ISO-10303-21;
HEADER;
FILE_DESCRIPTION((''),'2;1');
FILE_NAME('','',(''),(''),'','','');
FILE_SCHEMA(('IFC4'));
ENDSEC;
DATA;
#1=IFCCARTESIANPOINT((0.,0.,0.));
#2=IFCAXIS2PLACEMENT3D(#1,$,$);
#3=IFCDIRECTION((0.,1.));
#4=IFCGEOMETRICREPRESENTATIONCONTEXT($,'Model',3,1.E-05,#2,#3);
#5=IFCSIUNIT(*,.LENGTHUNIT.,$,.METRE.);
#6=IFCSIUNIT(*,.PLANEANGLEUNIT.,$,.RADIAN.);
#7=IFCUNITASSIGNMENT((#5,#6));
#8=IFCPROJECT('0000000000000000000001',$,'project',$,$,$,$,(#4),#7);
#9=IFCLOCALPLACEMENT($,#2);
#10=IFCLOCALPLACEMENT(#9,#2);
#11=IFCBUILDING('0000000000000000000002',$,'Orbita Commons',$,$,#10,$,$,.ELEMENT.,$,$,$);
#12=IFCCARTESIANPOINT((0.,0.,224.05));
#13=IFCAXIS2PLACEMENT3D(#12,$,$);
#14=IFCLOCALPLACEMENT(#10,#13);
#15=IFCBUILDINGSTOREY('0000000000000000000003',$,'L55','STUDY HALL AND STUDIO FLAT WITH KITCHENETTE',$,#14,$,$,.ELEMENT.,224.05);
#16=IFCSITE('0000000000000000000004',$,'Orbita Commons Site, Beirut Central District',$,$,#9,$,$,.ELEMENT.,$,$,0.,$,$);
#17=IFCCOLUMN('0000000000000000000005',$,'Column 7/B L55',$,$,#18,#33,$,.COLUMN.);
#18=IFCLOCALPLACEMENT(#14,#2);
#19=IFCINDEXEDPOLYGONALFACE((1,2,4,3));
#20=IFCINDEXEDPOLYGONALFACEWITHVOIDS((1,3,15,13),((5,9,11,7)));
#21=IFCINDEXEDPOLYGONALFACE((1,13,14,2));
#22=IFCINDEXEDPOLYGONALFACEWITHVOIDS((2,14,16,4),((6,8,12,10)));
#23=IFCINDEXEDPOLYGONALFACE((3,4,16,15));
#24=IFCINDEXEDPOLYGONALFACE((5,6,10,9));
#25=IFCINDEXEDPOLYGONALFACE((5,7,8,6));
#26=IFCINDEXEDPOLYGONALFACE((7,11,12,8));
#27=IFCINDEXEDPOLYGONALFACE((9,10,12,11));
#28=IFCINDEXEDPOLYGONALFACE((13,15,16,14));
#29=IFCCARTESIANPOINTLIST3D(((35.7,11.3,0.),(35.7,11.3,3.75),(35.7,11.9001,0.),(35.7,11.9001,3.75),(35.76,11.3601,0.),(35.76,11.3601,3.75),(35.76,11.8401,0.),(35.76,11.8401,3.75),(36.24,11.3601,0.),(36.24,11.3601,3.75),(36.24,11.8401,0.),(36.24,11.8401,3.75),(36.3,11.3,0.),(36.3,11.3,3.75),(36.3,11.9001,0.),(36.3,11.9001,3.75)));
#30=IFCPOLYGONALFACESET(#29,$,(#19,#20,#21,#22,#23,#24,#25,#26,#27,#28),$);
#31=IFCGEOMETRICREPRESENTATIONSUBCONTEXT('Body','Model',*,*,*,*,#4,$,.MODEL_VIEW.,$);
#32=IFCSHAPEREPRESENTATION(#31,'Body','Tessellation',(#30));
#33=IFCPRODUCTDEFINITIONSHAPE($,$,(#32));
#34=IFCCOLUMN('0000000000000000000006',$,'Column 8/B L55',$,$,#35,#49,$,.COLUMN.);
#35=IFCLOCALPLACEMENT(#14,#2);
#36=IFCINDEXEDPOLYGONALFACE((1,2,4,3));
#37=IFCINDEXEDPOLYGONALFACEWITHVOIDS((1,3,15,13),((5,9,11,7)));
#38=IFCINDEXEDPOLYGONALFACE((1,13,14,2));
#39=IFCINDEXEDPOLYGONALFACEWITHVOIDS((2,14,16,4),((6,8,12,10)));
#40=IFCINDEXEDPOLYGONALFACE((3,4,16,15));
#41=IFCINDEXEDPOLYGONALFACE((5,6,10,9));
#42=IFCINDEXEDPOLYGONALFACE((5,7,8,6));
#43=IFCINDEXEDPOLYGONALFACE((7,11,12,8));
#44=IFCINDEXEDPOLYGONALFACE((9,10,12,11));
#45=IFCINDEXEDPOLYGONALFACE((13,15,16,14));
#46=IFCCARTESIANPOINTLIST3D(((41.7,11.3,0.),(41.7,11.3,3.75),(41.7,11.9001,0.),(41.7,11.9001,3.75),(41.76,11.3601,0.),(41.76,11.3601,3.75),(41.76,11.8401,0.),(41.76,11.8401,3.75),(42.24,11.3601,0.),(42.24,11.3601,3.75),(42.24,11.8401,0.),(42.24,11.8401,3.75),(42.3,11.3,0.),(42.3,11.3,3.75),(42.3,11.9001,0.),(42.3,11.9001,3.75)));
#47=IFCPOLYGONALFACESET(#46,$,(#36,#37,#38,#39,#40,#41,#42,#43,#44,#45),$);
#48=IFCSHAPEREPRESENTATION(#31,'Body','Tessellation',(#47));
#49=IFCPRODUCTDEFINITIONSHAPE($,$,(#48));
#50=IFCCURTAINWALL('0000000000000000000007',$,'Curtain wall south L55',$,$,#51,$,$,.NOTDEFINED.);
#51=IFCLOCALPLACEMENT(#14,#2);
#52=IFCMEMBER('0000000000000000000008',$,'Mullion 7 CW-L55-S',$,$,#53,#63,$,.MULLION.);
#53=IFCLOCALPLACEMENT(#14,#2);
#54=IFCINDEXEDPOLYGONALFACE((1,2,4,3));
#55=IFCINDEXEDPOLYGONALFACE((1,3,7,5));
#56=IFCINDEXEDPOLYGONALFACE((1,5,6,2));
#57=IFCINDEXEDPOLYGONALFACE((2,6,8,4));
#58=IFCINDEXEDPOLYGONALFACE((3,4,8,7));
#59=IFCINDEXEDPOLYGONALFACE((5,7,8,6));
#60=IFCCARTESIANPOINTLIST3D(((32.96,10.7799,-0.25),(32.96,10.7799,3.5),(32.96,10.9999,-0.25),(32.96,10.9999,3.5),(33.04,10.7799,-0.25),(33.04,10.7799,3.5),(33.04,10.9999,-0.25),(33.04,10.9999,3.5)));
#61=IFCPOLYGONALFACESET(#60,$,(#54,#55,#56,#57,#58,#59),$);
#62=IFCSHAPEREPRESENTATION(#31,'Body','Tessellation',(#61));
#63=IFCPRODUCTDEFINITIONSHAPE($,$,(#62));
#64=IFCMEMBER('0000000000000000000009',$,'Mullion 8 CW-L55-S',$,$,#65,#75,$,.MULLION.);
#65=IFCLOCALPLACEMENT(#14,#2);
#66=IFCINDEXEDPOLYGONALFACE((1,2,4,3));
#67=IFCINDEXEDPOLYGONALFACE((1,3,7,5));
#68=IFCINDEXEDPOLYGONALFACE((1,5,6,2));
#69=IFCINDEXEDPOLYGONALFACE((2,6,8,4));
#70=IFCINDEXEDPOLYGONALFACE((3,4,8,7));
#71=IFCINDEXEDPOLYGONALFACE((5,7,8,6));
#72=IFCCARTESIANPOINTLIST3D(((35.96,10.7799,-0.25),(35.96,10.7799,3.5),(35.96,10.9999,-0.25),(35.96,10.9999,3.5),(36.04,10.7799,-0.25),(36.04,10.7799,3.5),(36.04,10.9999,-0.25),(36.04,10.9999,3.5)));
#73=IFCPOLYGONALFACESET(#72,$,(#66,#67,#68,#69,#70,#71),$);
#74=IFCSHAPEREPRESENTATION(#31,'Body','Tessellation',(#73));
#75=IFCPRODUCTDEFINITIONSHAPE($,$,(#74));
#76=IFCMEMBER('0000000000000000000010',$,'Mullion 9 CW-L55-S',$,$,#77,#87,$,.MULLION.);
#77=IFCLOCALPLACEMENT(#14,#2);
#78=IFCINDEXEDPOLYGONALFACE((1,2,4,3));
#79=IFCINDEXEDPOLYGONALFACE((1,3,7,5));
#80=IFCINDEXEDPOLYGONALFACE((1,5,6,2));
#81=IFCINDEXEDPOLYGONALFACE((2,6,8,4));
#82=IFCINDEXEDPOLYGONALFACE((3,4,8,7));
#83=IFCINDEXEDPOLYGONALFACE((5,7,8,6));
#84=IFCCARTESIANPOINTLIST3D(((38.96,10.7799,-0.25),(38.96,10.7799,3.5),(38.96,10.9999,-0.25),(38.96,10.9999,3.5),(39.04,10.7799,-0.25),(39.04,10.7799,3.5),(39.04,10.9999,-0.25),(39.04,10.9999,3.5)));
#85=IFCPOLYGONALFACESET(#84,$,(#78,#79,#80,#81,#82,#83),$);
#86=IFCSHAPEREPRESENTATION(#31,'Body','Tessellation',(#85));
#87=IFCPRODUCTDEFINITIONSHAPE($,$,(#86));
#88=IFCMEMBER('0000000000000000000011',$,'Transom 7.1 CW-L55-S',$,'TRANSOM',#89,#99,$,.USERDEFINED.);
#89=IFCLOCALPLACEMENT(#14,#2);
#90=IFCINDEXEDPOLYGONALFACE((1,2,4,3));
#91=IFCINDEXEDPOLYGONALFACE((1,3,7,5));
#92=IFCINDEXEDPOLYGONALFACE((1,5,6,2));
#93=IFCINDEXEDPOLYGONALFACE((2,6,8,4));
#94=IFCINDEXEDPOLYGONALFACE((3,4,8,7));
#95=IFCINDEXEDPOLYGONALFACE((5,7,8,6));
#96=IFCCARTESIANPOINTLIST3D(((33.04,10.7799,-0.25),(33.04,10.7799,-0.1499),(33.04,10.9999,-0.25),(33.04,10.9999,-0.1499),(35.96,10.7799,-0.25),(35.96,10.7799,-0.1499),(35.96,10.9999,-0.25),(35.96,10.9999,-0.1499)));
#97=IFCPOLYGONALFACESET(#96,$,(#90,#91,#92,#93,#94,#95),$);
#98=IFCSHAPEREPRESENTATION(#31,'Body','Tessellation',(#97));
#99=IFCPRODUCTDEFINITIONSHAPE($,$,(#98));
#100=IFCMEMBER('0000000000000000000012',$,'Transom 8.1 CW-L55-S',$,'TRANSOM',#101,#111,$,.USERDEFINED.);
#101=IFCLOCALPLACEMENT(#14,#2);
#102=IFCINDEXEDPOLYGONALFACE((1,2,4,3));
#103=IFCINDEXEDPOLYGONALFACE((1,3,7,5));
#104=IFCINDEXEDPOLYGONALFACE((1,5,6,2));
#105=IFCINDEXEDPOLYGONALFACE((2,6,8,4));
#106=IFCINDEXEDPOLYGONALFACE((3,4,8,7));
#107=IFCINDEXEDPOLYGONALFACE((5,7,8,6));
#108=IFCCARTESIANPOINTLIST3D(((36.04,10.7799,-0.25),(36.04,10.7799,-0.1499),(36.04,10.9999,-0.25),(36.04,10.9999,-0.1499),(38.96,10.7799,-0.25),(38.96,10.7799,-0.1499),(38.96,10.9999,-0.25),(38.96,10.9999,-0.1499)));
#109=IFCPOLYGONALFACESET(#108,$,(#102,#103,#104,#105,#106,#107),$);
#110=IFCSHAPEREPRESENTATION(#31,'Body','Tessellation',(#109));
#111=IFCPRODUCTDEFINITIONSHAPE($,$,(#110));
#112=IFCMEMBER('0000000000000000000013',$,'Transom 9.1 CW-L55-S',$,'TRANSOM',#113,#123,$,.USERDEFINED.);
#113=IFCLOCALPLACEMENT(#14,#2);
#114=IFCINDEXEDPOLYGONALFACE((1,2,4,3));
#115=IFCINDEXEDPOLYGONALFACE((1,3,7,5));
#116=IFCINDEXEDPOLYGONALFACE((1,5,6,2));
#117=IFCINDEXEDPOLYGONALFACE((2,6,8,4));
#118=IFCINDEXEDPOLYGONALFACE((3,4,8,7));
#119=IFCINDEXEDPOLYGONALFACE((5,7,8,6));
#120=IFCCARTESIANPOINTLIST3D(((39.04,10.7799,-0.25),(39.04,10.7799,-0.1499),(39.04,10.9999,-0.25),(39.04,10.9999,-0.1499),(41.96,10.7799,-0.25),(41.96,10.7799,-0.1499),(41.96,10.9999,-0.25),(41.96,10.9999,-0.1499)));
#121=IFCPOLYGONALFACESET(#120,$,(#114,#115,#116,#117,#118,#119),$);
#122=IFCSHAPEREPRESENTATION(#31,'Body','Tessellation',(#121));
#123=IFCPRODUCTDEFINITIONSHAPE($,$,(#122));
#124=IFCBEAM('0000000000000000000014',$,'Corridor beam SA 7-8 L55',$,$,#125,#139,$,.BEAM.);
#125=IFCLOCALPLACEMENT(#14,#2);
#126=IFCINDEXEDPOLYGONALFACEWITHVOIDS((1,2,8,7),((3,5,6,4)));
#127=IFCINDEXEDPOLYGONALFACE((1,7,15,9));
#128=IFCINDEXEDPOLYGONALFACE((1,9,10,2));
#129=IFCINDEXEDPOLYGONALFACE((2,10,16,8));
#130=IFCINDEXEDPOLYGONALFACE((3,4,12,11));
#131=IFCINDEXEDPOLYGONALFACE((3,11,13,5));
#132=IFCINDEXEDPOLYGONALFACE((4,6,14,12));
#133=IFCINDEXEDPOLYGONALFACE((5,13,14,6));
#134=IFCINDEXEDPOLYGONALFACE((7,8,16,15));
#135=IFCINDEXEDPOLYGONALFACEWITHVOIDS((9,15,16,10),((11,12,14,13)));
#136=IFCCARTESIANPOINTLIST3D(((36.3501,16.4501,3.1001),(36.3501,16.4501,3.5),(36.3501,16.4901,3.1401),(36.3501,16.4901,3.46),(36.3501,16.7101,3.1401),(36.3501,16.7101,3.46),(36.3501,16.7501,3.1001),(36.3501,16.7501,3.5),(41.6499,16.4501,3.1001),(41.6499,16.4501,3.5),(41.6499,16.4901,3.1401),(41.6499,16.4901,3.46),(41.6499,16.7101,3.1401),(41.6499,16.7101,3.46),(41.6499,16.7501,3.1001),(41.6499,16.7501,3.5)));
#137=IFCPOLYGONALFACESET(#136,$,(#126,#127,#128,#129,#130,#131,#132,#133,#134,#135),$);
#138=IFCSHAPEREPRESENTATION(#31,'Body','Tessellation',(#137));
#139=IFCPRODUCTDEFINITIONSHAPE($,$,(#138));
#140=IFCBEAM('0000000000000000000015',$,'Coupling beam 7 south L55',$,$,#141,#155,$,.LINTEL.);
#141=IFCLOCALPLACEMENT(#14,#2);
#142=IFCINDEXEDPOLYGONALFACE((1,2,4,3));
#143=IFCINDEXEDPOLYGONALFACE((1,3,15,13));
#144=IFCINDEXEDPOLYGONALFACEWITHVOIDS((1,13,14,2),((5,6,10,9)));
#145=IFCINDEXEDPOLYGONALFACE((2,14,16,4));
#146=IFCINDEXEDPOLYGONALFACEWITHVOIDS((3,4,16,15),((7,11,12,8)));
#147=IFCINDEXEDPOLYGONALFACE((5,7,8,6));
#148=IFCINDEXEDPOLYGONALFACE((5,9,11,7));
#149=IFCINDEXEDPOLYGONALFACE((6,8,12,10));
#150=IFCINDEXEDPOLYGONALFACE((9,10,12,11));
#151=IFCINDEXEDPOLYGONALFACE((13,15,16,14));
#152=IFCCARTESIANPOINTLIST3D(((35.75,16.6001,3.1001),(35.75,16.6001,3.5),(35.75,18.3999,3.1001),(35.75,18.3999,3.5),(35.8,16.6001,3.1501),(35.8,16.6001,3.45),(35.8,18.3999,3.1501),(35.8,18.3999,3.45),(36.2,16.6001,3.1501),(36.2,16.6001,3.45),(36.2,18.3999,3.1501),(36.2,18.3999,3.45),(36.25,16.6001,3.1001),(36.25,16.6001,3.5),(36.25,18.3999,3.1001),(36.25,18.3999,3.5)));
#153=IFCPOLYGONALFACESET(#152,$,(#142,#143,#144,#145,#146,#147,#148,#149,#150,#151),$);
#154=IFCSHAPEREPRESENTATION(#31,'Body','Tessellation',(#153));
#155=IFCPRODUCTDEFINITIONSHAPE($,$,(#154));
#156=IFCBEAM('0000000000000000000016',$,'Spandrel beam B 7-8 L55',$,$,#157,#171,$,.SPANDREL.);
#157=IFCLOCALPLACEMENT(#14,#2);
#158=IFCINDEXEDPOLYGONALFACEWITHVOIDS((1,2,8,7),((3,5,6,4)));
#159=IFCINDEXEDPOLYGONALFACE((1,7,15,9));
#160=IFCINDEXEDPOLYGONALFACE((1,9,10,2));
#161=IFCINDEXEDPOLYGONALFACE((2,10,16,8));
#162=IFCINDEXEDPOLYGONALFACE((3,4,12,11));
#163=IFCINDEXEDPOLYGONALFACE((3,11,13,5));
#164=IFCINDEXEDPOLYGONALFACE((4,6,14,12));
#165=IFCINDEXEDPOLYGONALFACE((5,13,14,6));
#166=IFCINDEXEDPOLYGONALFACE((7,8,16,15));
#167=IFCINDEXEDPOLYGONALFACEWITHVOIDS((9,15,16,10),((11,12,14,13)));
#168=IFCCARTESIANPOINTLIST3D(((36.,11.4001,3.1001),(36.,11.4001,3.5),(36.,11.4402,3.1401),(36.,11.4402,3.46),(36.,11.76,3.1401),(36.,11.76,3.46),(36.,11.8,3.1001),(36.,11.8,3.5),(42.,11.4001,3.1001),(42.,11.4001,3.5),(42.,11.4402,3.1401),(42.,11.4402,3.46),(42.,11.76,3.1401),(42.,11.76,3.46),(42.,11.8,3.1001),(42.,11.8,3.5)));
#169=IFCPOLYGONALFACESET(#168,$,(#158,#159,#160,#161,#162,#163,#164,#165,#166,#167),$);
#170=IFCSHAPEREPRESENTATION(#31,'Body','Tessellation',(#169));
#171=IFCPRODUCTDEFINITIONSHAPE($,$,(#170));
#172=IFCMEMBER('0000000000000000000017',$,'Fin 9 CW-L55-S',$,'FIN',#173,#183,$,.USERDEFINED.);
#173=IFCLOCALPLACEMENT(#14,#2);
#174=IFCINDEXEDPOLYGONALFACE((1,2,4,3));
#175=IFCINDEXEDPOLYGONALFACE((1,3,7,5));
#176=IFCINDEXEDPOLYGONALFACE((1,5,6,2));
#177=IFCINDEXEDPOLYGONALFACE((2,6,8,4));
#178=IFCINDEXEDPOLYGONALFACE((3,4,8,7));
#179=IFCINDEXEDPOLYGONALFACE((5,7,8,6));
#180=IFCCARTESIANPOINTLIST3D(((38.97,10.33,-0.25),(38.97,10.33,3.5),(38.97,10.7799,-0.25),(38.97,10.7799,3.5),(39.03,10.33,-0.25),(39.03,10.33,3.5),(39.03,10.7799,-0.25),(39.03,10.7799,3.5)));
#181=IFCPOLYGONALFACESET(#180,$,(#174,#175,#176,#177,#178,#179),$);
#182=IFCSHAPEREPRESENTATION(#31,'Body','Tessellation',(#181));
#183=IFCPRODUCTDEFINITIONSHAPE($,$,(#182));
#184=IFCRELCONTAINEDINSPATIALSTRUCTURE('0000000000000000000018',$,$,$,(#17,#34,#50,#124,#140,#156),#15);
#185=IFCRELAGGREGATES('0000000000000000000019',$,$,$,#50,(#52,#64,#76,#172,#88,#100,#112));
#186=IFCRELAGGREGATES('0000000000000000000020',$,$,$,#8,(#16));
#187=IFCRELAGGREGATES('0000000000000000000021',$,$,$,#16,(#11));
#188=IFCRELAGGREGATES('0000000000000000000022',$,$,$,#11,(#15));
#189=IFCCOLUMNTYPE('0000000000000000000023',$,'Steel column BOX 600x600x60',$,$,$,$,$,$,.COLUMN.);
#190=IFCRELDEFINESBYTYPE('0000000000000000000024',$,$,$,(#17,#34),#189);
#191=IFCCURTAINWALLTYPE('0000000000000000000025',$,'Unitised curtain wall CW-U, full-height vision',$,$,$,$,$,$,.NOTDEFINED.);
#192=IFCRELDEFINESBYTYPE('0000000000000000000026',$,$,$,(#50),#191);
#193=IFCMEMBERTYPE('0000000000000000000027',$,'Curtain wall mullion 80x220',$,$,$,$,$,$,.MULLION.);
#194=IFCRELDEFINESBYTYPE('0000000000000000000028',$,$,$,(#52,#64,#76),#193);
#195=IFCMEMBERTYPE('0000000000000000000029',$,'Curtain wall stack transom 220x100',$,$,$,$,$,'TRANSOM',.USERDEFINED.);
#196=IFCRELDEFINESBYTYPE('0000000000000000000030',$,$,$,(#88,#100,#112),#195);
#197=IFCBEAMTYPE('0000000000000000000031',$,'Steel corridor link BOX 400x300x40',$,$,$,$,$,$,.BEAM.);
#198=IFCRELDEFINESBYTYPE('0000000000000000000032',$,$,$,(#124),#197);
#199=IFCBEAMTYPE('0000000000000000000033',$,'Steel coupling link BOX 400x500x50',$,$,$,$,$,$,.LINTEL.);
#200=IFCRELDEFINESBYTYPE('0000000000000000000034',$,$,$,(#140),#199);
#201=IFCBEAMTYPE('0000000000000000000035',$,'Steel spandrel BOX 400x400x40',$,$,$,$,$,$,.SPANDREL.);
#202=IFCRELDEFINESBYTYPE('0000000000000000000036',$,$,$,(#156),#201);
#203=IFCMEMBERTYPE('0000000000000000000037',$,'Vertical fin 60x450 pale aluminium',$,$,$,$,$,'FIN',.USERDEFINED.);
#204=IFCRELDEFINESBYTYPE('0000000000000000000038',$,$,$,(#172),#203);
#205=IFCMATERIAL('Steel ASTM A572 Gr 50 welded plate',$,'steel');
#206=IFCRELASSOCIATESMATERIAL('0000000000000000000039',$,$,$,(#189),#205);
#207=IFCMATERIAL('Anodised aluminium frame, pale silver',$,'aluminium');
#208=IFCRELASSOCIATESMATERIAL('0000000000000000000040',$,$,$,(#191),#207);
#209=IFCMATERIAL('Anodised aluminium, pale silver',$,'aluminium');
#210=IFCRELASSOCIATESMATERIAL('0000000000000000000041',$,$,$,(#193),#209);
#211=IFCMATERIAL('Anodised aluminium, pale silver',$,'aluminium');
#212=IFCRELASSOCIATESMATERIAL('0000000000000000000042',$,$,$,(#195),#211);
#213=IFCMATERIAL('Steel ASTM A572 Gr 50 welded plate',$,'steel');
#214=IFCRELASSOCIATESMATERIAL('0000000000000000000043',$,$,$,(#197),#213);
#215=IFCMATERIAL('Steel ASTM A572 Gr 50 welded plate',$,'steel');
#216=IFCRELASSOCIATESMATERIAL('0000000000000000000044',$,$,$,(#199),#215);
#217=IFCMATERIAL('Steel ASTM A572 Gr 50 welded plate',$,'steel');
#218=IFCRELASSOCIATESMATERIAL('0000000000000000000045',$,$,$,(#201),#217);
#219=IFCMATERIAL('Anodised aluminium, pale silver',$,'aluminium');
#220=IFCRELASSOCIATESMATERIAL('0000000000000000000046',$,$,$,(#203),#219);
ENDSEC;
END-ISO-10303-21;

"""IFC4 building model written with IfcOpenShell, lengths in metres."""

from ifc_helpers import new_model, si_unit, direction, frame, origin, origin_2d, place, context, subcontext, project, spatial, rectangle, hollow_rectangle, extrude, material, material_profile, profile_set, type_object, element, aggregate, save


model = new_model("IFC4")

# Units and contexts
model_context = context("Model", 3, precision=1e-05, world=origin(), true_north=direction((0.0, 1.0)))
body_context = subcontext(model_context, "Body", "Model", "MODEL_VIEW")
ifc_project = project(units=[si_unit("LENGTHUNIT", "METRE"), si_unit("PLANEANGLEUNIT", "RADIAN")], contexts=[model_context])

# Site, building, storey
site_placement = place(None, origin())
site = spatial("IfcSite", under=ifc_project, at=site_placement, Name="Orbita Commons Site, Beirut Central District", CompositionType="ELEMENT", RefElevation=0.0)
building_placement = place(site_placement, origin())
building = spatial("IfcBuilding", under=site, at=building_placement, Name="Orbita Commons", CompositionType="ELEMENT")
storey_placement = place(building_placement, frame((0.0, 0.0, 224.05)))
storey = spatial("IfcBuildingStorey", under=building, at=storey_placement, Name="L55", Description="STUDY HALL AND STUDIO FLAT WITH KITCHENETTE", CompositionType="ELEMENT", Elevation=224.05)

# Columns
ifc_material_1 = material(Name="Steel ASTM A572 Gr 50 welded plate", Category="steel")
ifc_material_profile_1 = material_profile(ifc_material_1, hollow_rectangle(XDim=0.6001, YDim=0.6001, WallThickness=0.0601, at=origin_2d()), Name="BOX 600x600x60")
ifc_profile_set_1 = profile_set([ifc_material_profile_1], Name="Steel ASTM A572 Gr 50 welded plate")
column_type = type_object("IfcColumnType", Name="Steel column BOX 600x600x60", PredefinedType="COLUMN", material=ifc_profile_set_1)
for number, where, z_axis, x_axis, name in (
    (1, (36.0, 11.6001, 0.0), (0.0, 0.0, 1.0), (1.0, 0.0, 0.0), "Column 7/B L55"),
    (2, (42.0, 11.6001, 0.0), (0.0, 0.0, 1.0), (1.0, 0.0, 0.0), "Column 8/B L55"),
):
    element("IfcColumn", number, at=place(storey_placement, frame(where, z_axis=z_axis, x_axis=x_axis)), inside=storey, type_object=column_type, Name=name, PredefinedType="COLUMN", context=body_context, shape_type="SweptSolid", body=[
        extrude(hollow_rectangle(XDim=0.6001, YDim=0.6001, WallThickness=0.0601, at=origin_2d()), origin(), (0.0, 0.0, 1.0), 3.75),
    ])

# Curtain wall, members
ifc_material_2 = material(Name="Anodised aluminium frame, pale silver", Category="aluminium")
curtain_wall_type = type_object("IfcCurtainWallType", Name="Unitised curtain wall CW-U, full-height vision", PredefinedType="NOTDEFINED", material=ifc_material_2)
curtain_wall_placement = place(storey_placement, origin())
curtain_wall = element("IfcCurtainWall", 3, at=curtain_wall_placement, inside=storey, type_object=curtain_wall_type, Name="Curtain wall south L55", PredefinedType="NOTDEFINED")
ifc_material_3 = material(Name="Anodised aluminium, pale silver", Category="aluminium")
ifc_material_profile_2 = material_profile(ifc_material_3, rectangle(XDim=0.0801, YDim=0.22, at=origin_2d()), Name="AL 80x220")
ifc_profile_set_2 = profile_set([ifc_material_profile_2], Name="Anodised aluminium, pale silver")
member_type_1 = type_object("IfcMemberType", Name="Curtain wall mullion 80x220", PredefinedType="MULLION", material=ifc_profile_set_2)
member_1_placement = place(storey_placement, frame((33.0, 10.8899, -0.25), z_axis=(0.0, 0.0, 1.0), x_axis=(1.0, 0.0, 0.0)))
member_1 = element("IfcMember", 4, at=member_1_placement, type_object=member_type_1, Name="Mullion 7 CW-L55-S", PredefinedType="MULLION", context=body_context, shape_type="SweptSolid", body=[
    extrude(rectangle(XDim=0.0801, YDim=0.22, at=origin_2d()), origin(), (0.0, 0.0, 1.0), 3.75),
])
member_2_placement = place(storey_placement, frame((36.0, 10.8899, -0.25), z_axis=(0.0, 0.0, 1.0), x_axis=(1.0, 0.0, 0.0)))
member_2 = element("IfcMember", 5, at=member_2_placement, type_object=member_type_1, Name="Mullion 8 CW-L55-S", PredefinedType="MULLION", context=body_context, shape_type="SweptSolid", body=[
    extrude(rectangle(XDim=0.0801, YDim=0.22, at=origin_2d()), origin(), (0.0, 0.0, 1.0), 3.75),
])
member_3_placement = place(storey_placement, frame((39.0, 10.8899, -0.25), z_axis=(0.0, 0.0, 1.0), x_axis=(1.0, 0.0, 0.0)))
member_3 = element("IfcMember", 6, at=member_3_placement, type_object=member_type_1, Name="Mullion 9 CW-L55-S", PredefinedType="MULLION", context=body_context, shape_type="SweptSolid", body=[
    extrude(rectangle(XDim=0.0801, YDim=0.22, at=origin_2d()), origin(), (0.0, 0.0, 1.0), 3.75),
])
ifc_material_4 = material(Name="Anodised aluminium, pale silver", Category="aluminium")
ifc_material_profile_3 = material_profile(ifc_material_4, rectangle(XDim=0.22, YDim=0.1001, at=origin_2d()), Name="AL 220x100")
ifc_profile_set_3 = profile_set([ifc_material_profile_3], Name="Anodised aluminium, pale silver")
member_type_2 = type_object("IfcMemberType", Name="Curtain wall stack transom 220x100", ElementType="TRANSOM", PredefinedType="USERDEFINED", material=ifc_profile_set_3)
member_4_placement = place(storey_placement, frame((33.04, 10.8899, -0.2), z_axis=(1.0, 0.0, 0.0), x_axis=(0.0, 1.0, 0.0)))
member_4 = element("IfcMember", 7, at=member_4_placement, type_object=member_type_2, Name="Transom 7.1 CW-L55-S", ObjectType="TRANSOM", PredefinedType="USERDEFINED", context=body_context, shape_type="SweptSolid", body=[
    extrude(rectangle(XDim=0.22, YDim=0.1001, at=origin_2d()), origin(), (0.0, 0.0, 1.0), 2.9199),
])
member_5_placement = place(storey_placement, frame((36.04, 10.8899, -0.2), z_axis=(1.0, 0.0, 0.0), x_axis=(0.0, 1.0, 0.0)))
member_5 = element("IfcMember", 8, at=member_5_placement, type_object=member_type_2, Name="Transom 8.1 CW-L55-S", ObjectType="TRANSOM", PredefinedType="USERDEFINED", context=body_context, shape_type="SweptSolid", body=[
    extrude(rectangle(XDim=0.22, YDim=0.1001, at=origin_2d()), origin(), (0.0, 0.0, 1.0), 2.9199),
])
member_6_placement = place(storey_placement, frame((39.04, 10.8899, -0.2), z_axis=(1.0, 0.0, 0.0), x_axis=(0.0, 1.0, 0.0)))
member_6 = element("IfcMember", 9, at=member_6_placement, type_object=member_type_2, Name="Transom 9.1 CW-L55-S", ObjectType="TRANSOM", PredefinedType="USERDEFINED", context=body_context, shape_type="SweptSolid", body=[
    extrude(rectangle(XDim=0.22, YDim=0.1001, at=origin_2d()), origin(), (0.0, 0.0, 1.0), 2.9199),
])

# Beams
ifc_material_5 = material(Name="Steel ASTM A572 Gr 50 welded plate", Category="steel")
ifc_material_profile_4 = material_profile(ifc_material_5, hollow_rectangle(XDim=0.3, YDim=0.3999, WallThickness=0.04, at=origin_2d()), Name="BOX 400x300x40")
ifc_profile_set_4 = profile_set([ifc_material_profile_4], Name="Steel ASTM A572 Gr 50 welded plate")
beam_type_1 = type_object("IfcBeamType", Name="Steel corridor link BOX 400x300x40", PredefinedType="BEAM", material=ifc_profile_set_4)
beam_1_placement = place(storey_placement, frame((36.3501, 16.6001, 3.3), z_axis=(1.0, 0.0, 0.0), x_axis=(0.0, 1.0, 0.0)))
element("IfcBeam", 10, at=beam_1_placement, inside=storey, type_object=beam_type_1, Name="Corridor beam SA 7-8 L55", PredefinedType="BEAM", context=body_context, shape_type="SweptSolid", body=[
    extrude(hollow_rectangle(XDim=0.3, YDim=0.3999, WallThickness=0.04, at=origin_2d()), origin(), (0.0, 0.0, 1.0), 5.2998),
])
ifc_material_6 = material(Name="Steel ASTM A572 Gr 50 welded plate", Category="steel")
ifc_material_profile_5 = material_profile(ifc_material_6, hollow_rectangle(XDim=0.5, YDim=0.3999, WallThickness=0.05, at=origin_2d()), Name="BOX 400x500x50")
ifc_profile_set_5 = profile_set([ifc_material_profile_5], Name="Steel ASTM A572 Gr 50 welded plate")
beam_type_2 = type_object("IfcBeamType", Name="Steel coupling link BOX 400x500x50", PredefinedType="LINTEL", material=ifc_profile_set_5)
beam_2_placement = place(storey_placement, frame((36.0, 16.6001, 3.3), z_axis=(0.0, 1.0, 0.0), x_axis=(-1.0, 0.0, 0.0)))
element("IfcBeam", 11, at=beam_2_placement, inside=storey, type_object=beam_type_2, Name="Coupling beam 7 south L55", PredefinedType="LINTEL", context=body_context, shape_type="SweptSolid", body=[
    extrude(hollow_rectangle(XDim=0.5, YDim=0.3999, WallThickness=0.05, at=origin_2d()), origin(), (0.0, 0.0, 1.0), 1.7998),
])
ifc_material_7 = material(Name="Steel ASTM A572 Gr 50 welded plate", Category="steel")
ifc_material_profile_6 = material_profile(ifc_material_7, hollow_rectangle(XDim=0.3999, YDim=0.3999, WallThickness=0.04, at=origin_2d()), Name="BOX 400x400x40")
ifc_profile_set_6 = profile_set([ifc_material_profile_6], Name="Steel ASTM A572 Gr 50 welded plate")
beam_type_3 = type_object("IfcBeamType", Name="Steel spandrel BOX 400x400x40", PredefinedType="SPANDREL", material=ifc_profile_set_6)
beam_3_placement = place(storey_placement, frame((36.0, 11.6001, 3.3), z_axis=(1.0, 0.0, 0.0), x_axis=(0.0, 1.0, 0.0)))
element("IfcBeam", 12, at=beam_3_placement, inside=storey, type_object=beam_type_3, Name="Spandrel beam B 7-8 L55", PredefinedType="SPANDREL", context=body_context, shape_type="SweptSolid", body=[
    extrude(hollow_rectangle(XDim=0.3999, YDim=0.3999, WallThickness=0.04, at=origin_2d()), origin(), (0.0, 0.0, 1.0), 6.0),
])

# Member
ifc_material_8 = material(Name="Anodised aluminium, pale silver", Category="aluminium")
ifc_material_profile_7 = material_profile(ifc_material_8, rectangle(XDim=0.0601, YDim=0.45, at=origin_2d()), Name="FIN 60x450")
ifc_profile_set_7 = profile_set([ifc_material_profile_7], Name="Anodised aluminium, pale silver")
member_type_3 = type_object("IfcMemberType", Name="Vertical fin 60x450 pale aluminium", ElementType="FIN", PredefinedType="USERDEFINED", material=ifc_profile_set_7)
member_7_placement = place(storey_placement, frame((39.0, 10.5549, -0.25), z_axis=(0.0, 0.0, 1.0), x_axis=(1.0, 0.0, 0.0)))
member_7 = element("IfcMember", 13, at=member_7_placement, type_object=member_type_3, Name="Fin 9 CW-L55-S", ObjectType="FIN", PredefinedType="USERDEFINED", context=body_context, shape_type="SweptSolid", body=[
    extrude(rectangle(XDim=0.0601, YDim=0.45, at=origin_2d()), origin(), (0.0, 0.0, 1.0), 3.75),
])

aggregate(curtain_wall, [member_1, member_2, member_3, member_7, member_4, member_5, member_6])

save(model, "model.ifc")
